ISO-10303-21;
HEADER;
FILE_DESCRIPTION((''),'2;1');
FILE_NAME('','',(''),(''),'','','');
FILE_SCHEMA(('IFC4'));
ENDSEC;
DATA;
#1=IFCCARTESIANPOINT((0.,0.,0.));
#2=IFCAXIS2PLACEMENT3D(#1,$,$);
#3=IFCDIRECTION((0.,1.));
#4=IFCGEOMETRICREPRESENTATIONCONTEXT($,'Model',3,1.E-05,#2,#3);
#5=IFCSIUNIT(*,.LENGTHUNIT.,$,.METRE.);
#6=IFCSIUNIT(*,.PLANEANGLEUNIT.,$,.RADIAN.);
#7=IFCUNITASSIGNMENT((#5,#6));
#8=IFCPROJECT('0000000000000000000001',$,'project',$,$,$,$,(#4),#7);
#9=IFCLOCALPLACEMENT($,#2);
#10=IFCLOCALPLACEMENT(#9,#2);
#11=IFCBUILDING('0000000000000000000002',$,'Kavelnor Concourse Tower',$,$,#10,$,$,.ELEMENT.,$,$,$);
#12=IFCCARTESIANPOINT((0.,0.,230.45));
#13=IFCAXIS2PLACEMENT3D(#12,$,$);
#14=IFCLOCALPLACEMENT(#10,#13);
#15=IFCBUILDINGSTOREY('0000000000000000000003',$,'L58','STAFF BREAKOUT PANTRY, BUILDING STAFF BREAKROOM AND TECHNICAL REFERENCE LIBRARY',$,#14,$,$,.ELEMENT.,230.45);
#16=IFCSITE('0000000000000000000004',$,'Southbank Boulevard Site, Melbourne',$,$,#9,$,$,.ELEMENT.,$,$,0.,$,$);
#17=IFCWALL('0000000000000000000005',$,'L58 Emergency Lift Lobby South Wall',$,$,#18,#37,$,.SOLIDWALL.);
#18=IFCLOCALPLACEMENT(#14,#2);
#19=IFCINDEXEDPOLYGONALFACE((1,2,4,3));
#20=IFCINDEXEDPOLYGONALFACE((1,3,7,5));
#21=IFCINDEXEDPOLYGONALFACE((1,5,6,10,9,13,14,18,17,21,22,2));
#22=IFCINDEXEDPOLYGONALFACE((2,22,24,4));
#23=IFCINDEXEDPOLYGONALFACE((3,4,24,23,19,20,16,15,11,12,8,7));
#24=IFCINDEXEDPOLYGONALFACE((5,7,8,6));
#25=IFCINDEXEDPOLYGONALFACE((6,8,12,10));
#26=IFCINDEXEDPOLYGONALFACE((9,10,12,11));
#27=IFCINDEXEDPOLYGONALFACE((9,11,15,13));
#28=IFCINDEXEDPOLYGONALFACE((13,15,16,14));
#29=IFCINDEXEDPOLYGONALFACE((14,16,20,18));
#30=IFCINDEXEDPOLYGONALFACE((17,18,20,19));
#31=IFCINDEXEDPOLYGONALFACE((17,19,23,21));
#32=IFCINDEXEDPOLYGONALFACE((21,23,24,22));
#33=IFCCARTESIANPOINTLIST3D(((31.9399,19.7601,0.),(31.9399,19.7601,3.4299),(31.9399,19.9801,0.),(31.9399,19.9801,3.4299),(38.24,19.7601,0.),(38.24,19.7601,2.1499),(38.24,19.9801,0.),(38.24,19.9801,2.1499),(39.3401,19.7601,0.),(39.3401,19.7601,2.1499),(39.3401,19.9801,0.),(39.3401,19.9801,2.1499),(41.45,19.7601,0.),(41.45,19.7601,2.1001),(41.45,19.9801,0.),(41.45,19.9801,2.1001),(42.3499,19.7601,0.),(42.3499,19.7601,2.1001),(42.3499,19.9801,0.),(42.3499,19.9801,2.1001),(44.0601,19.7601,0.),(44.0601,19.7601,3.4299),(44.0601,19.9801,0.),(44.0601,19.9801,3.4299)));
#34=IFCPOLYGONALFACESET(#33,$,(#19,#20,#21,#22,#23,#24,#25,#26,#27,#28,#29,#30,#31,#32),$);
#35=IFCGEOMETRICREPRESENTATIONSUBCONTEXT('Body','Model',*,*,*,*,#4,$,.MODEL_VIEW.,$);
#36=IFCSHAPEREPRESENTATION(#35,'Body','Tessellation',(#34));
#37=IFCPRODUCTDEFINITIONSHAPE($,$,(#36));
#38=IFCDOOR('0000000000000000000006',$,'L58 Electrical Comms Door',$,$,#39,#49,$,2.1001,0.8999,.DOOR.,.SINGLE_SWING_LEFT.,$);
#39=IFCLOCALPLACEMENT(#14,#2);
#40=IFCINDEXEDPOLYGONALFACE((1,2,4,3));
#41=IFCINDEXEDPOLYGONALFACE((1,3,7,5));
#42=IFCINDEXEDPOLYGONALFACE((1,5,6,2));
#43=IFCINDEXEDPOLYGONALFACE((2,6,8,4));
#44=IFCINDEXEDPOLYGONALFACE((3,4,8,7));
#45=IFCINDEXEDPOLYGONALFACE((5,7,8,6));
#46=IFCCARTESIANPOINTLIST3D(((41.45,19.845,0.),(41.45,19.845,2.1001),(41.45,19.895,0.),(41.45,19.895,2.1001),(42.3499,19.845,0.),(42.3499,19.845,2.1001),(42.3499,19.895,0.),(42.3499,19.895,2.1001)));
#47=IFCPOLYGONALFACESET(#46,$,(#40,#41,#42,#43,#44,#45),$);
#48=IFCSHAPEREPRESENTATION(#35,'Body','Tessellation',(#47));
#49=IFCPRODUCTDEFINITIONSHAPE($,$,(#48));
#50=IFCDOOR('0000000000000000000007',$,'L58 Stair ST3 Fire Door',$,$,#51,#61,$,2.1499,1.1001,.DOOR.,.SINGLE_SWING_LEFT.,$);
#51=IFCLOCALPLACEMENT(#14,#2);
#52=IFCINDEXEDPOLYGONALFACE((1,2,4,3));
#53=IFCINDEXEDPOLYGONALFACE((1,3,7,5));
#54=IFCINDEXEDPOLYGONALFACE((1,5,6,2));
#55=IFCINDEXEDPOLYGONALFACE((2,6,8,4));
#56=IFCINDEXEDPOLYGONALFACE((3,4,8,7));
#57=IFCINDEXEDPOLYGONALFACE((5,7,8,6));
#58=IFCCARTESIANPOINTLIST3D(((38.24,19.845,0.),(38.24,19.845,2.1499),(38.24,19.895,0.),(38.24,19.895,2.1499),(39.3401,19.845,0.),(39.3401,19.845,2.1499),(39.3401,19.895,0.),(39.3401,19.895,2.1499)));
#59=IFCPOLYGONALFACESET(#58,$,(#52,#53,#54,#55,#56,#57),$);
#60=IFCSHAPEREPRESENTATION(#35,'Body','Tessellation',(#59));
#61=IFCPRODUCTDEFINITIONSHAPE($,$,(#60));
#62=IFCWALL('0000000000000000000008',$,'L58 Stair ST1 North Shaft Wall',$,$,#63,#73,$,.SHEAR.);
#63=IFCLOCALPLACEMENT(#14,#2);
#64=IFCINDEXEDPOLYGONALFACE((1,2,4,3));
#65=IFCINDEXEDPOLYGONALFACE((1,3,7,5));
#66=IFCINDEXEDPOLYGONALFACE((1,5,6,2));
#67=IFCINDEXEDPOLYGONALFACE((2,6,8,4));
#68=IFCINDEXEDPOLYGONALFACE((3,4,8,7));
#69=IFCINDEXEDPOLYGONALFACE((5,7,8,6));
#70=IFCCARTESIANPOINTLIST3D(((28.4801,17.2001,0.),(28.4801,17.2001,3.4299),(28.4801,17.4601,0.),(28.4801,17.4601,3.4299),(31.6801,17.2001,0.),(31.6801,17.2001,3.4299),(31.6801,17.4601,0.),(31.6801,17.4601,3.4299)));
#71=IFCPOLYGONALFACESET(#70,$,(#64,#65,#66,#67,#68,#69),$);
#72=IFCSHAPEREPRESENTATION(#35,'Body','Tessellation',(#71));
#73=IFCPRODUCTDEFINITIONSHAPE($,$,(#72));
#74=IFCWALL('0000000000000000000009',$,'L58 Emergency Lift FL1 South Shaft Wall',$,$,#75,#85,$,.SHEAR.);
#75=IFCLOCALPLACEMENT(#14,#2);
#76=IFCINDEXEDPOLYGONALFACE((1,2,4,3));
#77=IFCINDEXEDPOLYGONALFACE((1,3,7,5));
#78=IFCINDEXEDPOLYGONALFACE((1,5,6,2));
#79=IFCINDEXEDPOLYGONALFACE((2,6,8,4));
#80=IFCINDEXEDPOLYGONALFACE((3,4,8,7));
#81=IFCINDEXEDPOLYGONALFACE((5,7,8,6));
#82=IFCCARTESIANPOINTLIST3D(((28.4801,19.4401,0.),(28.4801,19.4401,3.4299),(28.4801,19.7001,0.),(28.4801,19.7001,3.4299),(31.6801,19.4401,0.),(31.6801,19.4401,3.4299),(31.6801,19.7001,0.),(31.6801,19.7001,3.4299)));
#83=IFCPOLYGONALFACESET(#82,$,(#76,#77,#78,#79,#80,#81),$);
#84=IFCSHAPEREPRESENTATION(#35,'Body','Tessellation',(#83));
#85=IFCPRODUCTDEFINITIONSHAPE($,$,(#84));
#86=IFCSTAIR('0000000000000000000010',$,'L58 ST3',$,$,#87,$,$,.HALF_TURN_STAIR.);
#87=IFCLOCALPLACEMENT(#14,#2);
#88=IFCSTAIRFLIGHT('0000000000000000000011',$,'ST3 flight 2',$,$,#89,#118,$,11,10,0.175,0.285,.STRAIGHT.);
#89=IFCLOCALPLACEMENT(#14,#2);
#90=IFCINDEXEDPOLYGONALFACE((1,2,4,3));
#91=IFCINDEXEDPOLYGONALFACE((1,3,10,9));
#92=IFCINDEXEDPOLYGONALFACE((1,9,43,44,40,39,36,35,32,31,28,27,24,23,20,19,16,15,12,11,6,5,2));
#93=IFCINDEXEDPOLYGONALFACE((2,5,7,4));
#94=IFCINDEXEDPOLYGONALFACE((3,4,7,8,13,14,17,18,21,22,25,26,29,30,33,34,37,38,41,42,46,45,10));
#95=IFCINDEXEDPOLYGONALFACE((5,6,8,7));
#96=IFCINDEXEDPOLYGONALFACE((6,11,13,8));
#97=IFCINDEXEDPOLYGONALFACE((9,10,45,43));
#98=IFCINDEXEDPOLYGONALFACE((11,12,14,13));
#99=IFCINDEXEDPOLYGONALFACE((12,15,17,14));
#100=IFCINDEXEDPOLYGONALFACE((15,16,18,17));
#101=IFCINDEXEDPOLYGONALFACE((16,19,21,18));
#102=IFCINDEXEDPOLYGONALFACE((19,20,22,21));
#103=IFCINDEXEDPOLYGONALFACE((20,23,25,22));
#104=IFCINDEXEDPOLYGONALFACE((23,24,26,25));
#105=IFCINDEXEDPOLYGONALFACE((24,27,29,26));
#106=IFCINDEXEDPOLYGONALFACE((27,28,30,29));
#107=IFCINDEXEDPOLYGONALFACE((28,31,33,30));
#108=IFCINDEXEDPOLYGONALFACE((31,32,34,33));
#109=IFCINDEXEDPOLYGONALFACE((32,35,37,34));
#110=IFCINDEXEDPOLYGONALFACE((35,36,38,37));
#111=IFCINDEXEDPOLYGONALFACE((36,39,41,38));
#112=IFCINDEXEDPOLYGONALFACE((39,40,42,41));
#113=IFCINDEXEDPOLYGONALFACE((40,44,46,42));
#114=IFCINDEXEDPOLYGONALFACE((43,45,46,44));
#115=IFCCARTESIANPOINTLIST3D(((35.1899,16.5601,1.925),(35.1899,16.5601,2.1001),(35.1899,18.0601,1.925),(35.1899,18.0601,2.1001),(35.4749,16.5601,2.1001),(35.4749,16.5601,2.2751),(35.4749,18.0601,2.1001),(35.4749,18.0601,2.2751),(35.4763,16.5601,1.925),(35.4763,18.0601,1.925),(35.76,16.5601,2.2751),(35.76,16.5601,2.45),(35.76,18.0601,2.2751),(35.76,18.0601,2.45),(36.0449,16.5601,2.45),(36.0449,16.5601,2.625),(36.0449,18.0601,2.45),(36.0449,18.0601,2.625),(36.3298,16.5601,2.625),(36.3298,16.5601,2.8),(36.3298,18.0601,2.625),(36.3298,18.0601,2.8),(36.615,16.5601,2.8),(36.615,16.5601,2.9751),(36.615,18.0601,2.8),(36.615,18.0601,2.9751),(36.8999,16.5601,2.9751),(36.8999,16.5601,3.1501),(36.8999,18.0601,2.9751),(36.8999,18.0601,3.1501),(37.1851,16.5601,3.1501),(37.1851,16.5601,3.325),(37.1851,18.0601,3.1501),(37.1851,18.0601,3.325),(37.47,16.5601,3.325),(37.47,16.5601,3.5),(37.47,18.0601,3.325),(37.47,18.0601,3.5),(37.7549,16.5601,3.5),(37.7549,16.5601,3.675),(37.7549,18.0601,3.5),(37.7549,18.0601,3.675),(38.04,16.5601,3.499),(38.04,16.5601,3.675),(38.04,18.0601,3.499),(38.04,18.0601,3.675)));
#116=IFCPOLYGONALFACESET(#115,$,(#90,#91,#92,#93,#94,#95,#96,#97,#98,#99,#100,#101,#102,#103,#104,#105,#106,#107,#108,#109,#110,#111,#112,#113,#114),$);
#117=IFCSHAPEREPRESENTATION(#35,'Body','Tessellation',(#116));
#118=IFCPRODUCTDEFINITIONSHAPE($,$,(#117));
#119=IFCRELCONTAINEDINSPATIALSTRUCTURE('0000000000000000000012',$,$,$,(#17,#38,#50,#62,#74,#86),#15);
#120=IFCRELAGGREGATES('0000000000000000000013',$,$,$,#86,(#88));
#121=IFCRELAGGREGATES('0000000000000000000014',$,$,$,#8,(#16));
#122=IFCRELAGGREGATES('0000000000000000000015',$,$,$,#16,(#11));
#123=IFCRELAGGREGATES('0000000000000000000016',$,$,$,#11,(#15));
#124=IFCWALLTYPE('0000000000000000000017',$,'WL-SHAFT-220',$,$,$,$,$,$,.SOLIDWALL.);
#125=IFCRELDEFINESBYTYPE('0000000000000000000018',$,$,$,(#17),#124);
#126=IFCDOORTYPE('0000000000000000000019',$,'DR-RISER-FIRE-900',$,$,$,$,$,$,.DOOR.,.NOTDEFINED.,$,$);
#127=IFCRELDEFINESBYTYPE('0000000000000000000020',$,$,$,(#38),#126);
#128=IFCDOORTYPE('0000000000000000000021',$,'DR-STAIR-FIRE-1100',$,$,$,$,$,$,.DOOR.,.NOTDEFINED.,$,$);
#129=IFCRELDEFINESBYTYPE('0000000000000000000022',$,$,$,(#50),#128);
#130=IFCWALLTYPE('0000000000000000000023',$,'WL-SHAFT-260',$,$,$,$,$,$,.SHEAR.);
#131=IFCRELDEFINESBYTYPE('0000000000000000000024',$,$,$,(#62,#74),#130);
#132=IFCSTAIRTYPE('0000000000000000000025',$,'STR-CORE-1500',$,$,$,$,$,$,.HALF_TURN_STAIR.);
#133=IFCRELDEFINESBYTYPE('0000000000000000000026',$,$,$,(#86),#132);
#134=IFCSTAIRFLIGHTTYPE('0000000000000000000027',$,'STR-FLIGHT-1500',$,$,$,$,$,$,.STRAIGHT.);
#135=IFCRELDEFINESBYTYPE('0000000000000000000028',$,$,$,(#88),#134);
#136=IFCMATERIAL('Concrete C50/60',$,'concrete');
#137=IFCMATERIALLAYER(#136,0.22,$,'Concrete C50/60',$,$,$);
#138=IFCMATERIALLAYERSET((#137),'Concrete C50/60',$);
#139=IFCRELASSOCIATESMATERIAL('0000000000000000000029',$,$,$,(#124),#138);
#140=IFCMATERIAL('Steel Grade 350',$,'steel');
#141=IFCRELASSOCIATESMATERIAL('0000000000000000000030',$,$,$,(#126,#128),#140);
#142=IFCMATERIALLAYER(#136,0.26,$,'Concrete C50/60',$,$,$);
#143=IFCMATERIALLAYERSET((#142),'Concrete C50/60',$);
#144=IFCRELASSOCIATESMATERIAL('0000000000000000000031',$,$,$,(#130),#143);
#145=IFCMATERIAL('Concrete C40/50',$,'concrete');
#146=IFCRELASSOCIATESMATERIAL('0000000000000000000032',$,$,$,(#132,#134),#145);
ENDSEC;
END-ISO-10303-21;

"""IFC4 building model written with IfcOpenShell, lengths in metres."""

from ifc_helpers import new_model, si_unit, direction, frame, frame_2d, origin, place, context, subcontext, project, spatial, polyline, rectangle, outline, extrude, material, layer, layer_set, type_object, element, fill, aggregate, save


model = new_model("IFC4")

# Units and contexts
model_context = context("Model", 3, precision=1e-05, world=origin(), true_north=direction((0.0, 1.0)))
body_context = subcontext(model_context, "Body", "Model", "MODEL_VIEW")
ifc_project = project(units=[si_unit("LENGTHUNIT", "METRE"), si_unit("PLANEANGLEUNIT", "RADIAN")], contexts=[model_context])

# Site, building, storey
site_placement = place(None, origin())
site = spatial("IfcSite", under=ifc_project, at=site_placement, Name="Southbank Boulevard Site, Melbourne", CompositionType="ELEMENT", RefElevation=0.0)
building_placement = place(site_placement, origin())
building = spatial("IfcBuilding", under=site, at=building_placement, Name="Kavelnor Concourse Tower", CompositionType="ELEMENT")
storey_placement = place(building_placement, frame((0.0, 0.0, 230.45)))
storey = spatial("IfcBuildingStorey", under=building, at=storey_placement, Name="L58", Description="STAFF BREAKOUT PANTRY, BUILDING STAFF BREAKROOM AND TECHNICAL REFERENCE LIBRARY", CompositionType="ELEMENT", Elevation=230.45)

# Shared definitions
ifc_material_1 = material(Name="Steel Grade 350", Category="steel")

# Shared definitions
ifc_material_2 = material(Name="Concrete C50/60", Category="concrete")

# Wall, openings, doors
ifc_layer_1 = layer(ifc_material_2, 0.22, Name="Concrete C50/60")
ifc_layer_set_1 = layer_set([ifc_layer_1], Name="Concrete C50/60")
wall_type_1 = type_object("IfcWallType", Name="WL-SHAFT-220", PredefinedType="SOLIDWALL", material=ifc_layer_set_1)
wall_1_placement = place(storey_placement, frame((31.9399, 19.8701, 0.0), z_axis=(0.0, 0.0, 1.0), x_axis=(1.0, 0.0, 0.0)))
wall_1 = element("IfcWall", 1, at=wall_1_placement, inside=storey, type_object=wall_type_1, Name="L58 Emergency Lift Lobby South Wall", PredefinedType="SOLIDWALL", context=body_context, shape_type="SweptSolid", body=[
    extrude(rectangle(XDim=12.1201, YDim=0.22, at=frame_2d((6.0601, 0.0))), origin(), (0.0, 0.0, 1.0), 3.4299),
])
opening_1_placement = place(wall_1_placement, frame((6.3, 0.0, 0.0)))
opening_1 = element("IfcOpeningElement", 2, at=opening_1_placement, cuts=wall_1, PredefinedType="OPENING", context=body_context, shape_type="SweptSolid", body=[
    extrude(rectangle(XDim=1.1001, YDim=2.1499, at=frame_2d((0.55, 1.075))), frame((0.0, 0.1201, 0.0), z_axis=(0.0, -1.0, 0.0), x_axis=(1.0, 0.0, 0.0)), (0.0, 0.0, 1.0), 0.24),
])
opening_2_placement = place(wall_1_placement, frame((9.51, 0.0, 0.0)))
opening_2 = element("IfcOpeningElement", 3, at=opening_2_placement, cuts=wall_1, PredefinedType="OPENING", context=body_context, shape_type="SweptSolid", body=[
    extrude(rectangle(XDim=0.8999, YDim=2.1001, at=frame_2d((0.45, 1.05))), frame((0.0, 0.1201, 0.0), z_axis=(0.0, -1.0, 0.0), x_axis=(1.0, 0.0, 0.0)), (0.0, 0.0, 1.0), 0.24),
])
door_type_1 = type_object("IfcDoorType", Name="DR-RISER-FIRE-900", OperationType="NOTDEFINED", PredefinedType="DOOR", material=ifc_material_1)
door_1_placement = place(opening_2_placement, origin())
door_1 = element("IfcDoor", 4, at=door_1_placement, inside=storey, type_object=door_type_1, Name="L58 Electrical Comms Door", OperationType="SINGLE_SWING_LEFT", OverallHeight=2.1001, OverallWidth=0.8999, PredefinedType="DOOR", context=body_context, shape_type="SweptSolid", body=[
    extrude(rectangle(XDim=0.8999, YDim=2.1001, at=frame_2d((0.45, 1.05))), frame((0.0, 0.0249, 0.0), z_axis=(0.0, -1.0, 0.0), x_axis=(1.0, 0.0, 0.0)), (0.0, 0.0, 1.0), 0.05),
])
fill(opening_2, door_1)
door_type_2 = type_object("IfcDoorType", Name="DR-STAIR-FIRE-1100", OperationType="NOTDEFINED", PredefinedType="DOOR", material=ifc_material_1)
door_2_placement = place(opening_1_placement, origin())
door_2 = element("IfcDoor", 5, at=door_2_placement, inside=storey, type_object=door_type_2, Name="L58 Stair ST3 Fire Door", OperationType="SINGLE_SWING_LEFT", OverallHeight=2.1499, OverallWidth=1.1001, PredefinedType="DOOR", context=body_context, shape_type="SweptSolid", body=[
    extrude(rectangle(XDim=1.1001, YDim=2.1499, at=frame_2d((0.55, 1.075))), frame((0.0, 0.0249, 0.0), z_axis=(0.0, -1.0, 0.0), x_axis=(1.0, 0.0, 0.0)), (0.0, 0.0, 1.0), 0.05),
])
fill(opening_1, door_2)

# Walls
ifc_layer_2 = layer(ifc_material_2, 0.26, Name="Concrete C50/60")
ifc_layer_set_2 = layer_set([ifc_layer_2], Name="Concrete C50/60")
wall_type_2 = type_object("IfcWallType", Name="WL-SHAFT-260", PredefinedType="SHEAR", material=ifc_layer_set_2)
for number, where, z_axis, x_axis, name in (
    (6, (28.48, 17.3301, 0.0), (0.0, 0.0, 1.0), (1.0, 0.0, 0.0), "L58 Stair ST1 North Shaft Wall"),
    (7, (28.48, 19.5701, 0.0), (0.0, 0.0, 1.0), (1.0, 0.0, 0.0), "L58 Emergency Lift FL1 South Shaft Wall"),
):
    element("IfcWall", number, at=place(storey_placement, frame(where, z_axis=z_axis, x_axis=x_axis)), inside=storey, type_object=wall_type_2, Name=name, PredefinedType="SHEAR", context=body_context, shape_type="SweptSolid", body=[
        extrude(rectangle(XDim=3.2, YDim=0.26, at=frame_2d((1.6001, 0.0))), origin(), (0.0, 0.0, 1.0), 3.4299),
    ])

# Stair, stair flight
ifc_material_3 = material(Name="Concrete C40/50", Category="concrete")
stair_type = type_object("IfcStairType", Name="STR-CORE-1500", PredefinedType="HALF_TURN_STAIR", material=ifc_material_3)
stair_placement = place(storey_placement, origin())
stair = element("IfcStair", 8, at=stair_placement, inside=storey, type_object=stair_type, Name="L58 ST3", PredefinedType="HALF_TURN_STAIR")
stair_flight_type = type_object("IfcStairFlightType", Name="STR-FLIGHT-1500", PredefinedType="STRAIGHT", material=ifc_material_3)
stair_flight_placement = place(storey_placement, frame((35.1899, 17.3101, 1.925), z_axis=(0.0, 0.0, 1.0), x_axis=(1.0, 0.0, 0.0)))
stair_flight = element("IfcStairFlight", 9, at=stair_flight_placement, type_object=stair_flight_type, Name="ST3 flight 2", NumberOfRisers=11, NumberOfTreads=10, PredefinedType="STRAIGHT", RiserHeight=0.175, TreadLength=0.285, context=body_context, shape_type="SweptSolid", body=[
    extrude(outline(polyline([(0.0, 0.0), (0.0, 0.175), (0.2849, 0.175), (0.2849, 0.3501), (0.5701, 0.3501), (0.5701, 0.5249), (0.855, 0.5249), (0.855, 0.7), (1.1399, 0.7), (1.1399, 0.875), (1.425, 0.875), (1.425, 1.05), (1.71, 1.05), (1.71, 1.2251), (1.9951, 1.2251), (1.9951, 1.3999), (2.28, 1.3999), (2.28, 1.575), (2.5649, 1.575), (2.5649, 1.75), (2.8501, 1.75), (2.8501, 1.925), (2.8501, 1.574), (0.2864, 0.0), (0.0, 0.0)])), frame((0.0, 0.75, 0.0), z_axis=(0.0, -1.0, 0.0), x_axis=(1.0, 0.0, 0.0)), (0.0, 0.0, 1.0), 1.5),
])
aggregate(stair, [stair_flight])

save(model, "model.ifc")
